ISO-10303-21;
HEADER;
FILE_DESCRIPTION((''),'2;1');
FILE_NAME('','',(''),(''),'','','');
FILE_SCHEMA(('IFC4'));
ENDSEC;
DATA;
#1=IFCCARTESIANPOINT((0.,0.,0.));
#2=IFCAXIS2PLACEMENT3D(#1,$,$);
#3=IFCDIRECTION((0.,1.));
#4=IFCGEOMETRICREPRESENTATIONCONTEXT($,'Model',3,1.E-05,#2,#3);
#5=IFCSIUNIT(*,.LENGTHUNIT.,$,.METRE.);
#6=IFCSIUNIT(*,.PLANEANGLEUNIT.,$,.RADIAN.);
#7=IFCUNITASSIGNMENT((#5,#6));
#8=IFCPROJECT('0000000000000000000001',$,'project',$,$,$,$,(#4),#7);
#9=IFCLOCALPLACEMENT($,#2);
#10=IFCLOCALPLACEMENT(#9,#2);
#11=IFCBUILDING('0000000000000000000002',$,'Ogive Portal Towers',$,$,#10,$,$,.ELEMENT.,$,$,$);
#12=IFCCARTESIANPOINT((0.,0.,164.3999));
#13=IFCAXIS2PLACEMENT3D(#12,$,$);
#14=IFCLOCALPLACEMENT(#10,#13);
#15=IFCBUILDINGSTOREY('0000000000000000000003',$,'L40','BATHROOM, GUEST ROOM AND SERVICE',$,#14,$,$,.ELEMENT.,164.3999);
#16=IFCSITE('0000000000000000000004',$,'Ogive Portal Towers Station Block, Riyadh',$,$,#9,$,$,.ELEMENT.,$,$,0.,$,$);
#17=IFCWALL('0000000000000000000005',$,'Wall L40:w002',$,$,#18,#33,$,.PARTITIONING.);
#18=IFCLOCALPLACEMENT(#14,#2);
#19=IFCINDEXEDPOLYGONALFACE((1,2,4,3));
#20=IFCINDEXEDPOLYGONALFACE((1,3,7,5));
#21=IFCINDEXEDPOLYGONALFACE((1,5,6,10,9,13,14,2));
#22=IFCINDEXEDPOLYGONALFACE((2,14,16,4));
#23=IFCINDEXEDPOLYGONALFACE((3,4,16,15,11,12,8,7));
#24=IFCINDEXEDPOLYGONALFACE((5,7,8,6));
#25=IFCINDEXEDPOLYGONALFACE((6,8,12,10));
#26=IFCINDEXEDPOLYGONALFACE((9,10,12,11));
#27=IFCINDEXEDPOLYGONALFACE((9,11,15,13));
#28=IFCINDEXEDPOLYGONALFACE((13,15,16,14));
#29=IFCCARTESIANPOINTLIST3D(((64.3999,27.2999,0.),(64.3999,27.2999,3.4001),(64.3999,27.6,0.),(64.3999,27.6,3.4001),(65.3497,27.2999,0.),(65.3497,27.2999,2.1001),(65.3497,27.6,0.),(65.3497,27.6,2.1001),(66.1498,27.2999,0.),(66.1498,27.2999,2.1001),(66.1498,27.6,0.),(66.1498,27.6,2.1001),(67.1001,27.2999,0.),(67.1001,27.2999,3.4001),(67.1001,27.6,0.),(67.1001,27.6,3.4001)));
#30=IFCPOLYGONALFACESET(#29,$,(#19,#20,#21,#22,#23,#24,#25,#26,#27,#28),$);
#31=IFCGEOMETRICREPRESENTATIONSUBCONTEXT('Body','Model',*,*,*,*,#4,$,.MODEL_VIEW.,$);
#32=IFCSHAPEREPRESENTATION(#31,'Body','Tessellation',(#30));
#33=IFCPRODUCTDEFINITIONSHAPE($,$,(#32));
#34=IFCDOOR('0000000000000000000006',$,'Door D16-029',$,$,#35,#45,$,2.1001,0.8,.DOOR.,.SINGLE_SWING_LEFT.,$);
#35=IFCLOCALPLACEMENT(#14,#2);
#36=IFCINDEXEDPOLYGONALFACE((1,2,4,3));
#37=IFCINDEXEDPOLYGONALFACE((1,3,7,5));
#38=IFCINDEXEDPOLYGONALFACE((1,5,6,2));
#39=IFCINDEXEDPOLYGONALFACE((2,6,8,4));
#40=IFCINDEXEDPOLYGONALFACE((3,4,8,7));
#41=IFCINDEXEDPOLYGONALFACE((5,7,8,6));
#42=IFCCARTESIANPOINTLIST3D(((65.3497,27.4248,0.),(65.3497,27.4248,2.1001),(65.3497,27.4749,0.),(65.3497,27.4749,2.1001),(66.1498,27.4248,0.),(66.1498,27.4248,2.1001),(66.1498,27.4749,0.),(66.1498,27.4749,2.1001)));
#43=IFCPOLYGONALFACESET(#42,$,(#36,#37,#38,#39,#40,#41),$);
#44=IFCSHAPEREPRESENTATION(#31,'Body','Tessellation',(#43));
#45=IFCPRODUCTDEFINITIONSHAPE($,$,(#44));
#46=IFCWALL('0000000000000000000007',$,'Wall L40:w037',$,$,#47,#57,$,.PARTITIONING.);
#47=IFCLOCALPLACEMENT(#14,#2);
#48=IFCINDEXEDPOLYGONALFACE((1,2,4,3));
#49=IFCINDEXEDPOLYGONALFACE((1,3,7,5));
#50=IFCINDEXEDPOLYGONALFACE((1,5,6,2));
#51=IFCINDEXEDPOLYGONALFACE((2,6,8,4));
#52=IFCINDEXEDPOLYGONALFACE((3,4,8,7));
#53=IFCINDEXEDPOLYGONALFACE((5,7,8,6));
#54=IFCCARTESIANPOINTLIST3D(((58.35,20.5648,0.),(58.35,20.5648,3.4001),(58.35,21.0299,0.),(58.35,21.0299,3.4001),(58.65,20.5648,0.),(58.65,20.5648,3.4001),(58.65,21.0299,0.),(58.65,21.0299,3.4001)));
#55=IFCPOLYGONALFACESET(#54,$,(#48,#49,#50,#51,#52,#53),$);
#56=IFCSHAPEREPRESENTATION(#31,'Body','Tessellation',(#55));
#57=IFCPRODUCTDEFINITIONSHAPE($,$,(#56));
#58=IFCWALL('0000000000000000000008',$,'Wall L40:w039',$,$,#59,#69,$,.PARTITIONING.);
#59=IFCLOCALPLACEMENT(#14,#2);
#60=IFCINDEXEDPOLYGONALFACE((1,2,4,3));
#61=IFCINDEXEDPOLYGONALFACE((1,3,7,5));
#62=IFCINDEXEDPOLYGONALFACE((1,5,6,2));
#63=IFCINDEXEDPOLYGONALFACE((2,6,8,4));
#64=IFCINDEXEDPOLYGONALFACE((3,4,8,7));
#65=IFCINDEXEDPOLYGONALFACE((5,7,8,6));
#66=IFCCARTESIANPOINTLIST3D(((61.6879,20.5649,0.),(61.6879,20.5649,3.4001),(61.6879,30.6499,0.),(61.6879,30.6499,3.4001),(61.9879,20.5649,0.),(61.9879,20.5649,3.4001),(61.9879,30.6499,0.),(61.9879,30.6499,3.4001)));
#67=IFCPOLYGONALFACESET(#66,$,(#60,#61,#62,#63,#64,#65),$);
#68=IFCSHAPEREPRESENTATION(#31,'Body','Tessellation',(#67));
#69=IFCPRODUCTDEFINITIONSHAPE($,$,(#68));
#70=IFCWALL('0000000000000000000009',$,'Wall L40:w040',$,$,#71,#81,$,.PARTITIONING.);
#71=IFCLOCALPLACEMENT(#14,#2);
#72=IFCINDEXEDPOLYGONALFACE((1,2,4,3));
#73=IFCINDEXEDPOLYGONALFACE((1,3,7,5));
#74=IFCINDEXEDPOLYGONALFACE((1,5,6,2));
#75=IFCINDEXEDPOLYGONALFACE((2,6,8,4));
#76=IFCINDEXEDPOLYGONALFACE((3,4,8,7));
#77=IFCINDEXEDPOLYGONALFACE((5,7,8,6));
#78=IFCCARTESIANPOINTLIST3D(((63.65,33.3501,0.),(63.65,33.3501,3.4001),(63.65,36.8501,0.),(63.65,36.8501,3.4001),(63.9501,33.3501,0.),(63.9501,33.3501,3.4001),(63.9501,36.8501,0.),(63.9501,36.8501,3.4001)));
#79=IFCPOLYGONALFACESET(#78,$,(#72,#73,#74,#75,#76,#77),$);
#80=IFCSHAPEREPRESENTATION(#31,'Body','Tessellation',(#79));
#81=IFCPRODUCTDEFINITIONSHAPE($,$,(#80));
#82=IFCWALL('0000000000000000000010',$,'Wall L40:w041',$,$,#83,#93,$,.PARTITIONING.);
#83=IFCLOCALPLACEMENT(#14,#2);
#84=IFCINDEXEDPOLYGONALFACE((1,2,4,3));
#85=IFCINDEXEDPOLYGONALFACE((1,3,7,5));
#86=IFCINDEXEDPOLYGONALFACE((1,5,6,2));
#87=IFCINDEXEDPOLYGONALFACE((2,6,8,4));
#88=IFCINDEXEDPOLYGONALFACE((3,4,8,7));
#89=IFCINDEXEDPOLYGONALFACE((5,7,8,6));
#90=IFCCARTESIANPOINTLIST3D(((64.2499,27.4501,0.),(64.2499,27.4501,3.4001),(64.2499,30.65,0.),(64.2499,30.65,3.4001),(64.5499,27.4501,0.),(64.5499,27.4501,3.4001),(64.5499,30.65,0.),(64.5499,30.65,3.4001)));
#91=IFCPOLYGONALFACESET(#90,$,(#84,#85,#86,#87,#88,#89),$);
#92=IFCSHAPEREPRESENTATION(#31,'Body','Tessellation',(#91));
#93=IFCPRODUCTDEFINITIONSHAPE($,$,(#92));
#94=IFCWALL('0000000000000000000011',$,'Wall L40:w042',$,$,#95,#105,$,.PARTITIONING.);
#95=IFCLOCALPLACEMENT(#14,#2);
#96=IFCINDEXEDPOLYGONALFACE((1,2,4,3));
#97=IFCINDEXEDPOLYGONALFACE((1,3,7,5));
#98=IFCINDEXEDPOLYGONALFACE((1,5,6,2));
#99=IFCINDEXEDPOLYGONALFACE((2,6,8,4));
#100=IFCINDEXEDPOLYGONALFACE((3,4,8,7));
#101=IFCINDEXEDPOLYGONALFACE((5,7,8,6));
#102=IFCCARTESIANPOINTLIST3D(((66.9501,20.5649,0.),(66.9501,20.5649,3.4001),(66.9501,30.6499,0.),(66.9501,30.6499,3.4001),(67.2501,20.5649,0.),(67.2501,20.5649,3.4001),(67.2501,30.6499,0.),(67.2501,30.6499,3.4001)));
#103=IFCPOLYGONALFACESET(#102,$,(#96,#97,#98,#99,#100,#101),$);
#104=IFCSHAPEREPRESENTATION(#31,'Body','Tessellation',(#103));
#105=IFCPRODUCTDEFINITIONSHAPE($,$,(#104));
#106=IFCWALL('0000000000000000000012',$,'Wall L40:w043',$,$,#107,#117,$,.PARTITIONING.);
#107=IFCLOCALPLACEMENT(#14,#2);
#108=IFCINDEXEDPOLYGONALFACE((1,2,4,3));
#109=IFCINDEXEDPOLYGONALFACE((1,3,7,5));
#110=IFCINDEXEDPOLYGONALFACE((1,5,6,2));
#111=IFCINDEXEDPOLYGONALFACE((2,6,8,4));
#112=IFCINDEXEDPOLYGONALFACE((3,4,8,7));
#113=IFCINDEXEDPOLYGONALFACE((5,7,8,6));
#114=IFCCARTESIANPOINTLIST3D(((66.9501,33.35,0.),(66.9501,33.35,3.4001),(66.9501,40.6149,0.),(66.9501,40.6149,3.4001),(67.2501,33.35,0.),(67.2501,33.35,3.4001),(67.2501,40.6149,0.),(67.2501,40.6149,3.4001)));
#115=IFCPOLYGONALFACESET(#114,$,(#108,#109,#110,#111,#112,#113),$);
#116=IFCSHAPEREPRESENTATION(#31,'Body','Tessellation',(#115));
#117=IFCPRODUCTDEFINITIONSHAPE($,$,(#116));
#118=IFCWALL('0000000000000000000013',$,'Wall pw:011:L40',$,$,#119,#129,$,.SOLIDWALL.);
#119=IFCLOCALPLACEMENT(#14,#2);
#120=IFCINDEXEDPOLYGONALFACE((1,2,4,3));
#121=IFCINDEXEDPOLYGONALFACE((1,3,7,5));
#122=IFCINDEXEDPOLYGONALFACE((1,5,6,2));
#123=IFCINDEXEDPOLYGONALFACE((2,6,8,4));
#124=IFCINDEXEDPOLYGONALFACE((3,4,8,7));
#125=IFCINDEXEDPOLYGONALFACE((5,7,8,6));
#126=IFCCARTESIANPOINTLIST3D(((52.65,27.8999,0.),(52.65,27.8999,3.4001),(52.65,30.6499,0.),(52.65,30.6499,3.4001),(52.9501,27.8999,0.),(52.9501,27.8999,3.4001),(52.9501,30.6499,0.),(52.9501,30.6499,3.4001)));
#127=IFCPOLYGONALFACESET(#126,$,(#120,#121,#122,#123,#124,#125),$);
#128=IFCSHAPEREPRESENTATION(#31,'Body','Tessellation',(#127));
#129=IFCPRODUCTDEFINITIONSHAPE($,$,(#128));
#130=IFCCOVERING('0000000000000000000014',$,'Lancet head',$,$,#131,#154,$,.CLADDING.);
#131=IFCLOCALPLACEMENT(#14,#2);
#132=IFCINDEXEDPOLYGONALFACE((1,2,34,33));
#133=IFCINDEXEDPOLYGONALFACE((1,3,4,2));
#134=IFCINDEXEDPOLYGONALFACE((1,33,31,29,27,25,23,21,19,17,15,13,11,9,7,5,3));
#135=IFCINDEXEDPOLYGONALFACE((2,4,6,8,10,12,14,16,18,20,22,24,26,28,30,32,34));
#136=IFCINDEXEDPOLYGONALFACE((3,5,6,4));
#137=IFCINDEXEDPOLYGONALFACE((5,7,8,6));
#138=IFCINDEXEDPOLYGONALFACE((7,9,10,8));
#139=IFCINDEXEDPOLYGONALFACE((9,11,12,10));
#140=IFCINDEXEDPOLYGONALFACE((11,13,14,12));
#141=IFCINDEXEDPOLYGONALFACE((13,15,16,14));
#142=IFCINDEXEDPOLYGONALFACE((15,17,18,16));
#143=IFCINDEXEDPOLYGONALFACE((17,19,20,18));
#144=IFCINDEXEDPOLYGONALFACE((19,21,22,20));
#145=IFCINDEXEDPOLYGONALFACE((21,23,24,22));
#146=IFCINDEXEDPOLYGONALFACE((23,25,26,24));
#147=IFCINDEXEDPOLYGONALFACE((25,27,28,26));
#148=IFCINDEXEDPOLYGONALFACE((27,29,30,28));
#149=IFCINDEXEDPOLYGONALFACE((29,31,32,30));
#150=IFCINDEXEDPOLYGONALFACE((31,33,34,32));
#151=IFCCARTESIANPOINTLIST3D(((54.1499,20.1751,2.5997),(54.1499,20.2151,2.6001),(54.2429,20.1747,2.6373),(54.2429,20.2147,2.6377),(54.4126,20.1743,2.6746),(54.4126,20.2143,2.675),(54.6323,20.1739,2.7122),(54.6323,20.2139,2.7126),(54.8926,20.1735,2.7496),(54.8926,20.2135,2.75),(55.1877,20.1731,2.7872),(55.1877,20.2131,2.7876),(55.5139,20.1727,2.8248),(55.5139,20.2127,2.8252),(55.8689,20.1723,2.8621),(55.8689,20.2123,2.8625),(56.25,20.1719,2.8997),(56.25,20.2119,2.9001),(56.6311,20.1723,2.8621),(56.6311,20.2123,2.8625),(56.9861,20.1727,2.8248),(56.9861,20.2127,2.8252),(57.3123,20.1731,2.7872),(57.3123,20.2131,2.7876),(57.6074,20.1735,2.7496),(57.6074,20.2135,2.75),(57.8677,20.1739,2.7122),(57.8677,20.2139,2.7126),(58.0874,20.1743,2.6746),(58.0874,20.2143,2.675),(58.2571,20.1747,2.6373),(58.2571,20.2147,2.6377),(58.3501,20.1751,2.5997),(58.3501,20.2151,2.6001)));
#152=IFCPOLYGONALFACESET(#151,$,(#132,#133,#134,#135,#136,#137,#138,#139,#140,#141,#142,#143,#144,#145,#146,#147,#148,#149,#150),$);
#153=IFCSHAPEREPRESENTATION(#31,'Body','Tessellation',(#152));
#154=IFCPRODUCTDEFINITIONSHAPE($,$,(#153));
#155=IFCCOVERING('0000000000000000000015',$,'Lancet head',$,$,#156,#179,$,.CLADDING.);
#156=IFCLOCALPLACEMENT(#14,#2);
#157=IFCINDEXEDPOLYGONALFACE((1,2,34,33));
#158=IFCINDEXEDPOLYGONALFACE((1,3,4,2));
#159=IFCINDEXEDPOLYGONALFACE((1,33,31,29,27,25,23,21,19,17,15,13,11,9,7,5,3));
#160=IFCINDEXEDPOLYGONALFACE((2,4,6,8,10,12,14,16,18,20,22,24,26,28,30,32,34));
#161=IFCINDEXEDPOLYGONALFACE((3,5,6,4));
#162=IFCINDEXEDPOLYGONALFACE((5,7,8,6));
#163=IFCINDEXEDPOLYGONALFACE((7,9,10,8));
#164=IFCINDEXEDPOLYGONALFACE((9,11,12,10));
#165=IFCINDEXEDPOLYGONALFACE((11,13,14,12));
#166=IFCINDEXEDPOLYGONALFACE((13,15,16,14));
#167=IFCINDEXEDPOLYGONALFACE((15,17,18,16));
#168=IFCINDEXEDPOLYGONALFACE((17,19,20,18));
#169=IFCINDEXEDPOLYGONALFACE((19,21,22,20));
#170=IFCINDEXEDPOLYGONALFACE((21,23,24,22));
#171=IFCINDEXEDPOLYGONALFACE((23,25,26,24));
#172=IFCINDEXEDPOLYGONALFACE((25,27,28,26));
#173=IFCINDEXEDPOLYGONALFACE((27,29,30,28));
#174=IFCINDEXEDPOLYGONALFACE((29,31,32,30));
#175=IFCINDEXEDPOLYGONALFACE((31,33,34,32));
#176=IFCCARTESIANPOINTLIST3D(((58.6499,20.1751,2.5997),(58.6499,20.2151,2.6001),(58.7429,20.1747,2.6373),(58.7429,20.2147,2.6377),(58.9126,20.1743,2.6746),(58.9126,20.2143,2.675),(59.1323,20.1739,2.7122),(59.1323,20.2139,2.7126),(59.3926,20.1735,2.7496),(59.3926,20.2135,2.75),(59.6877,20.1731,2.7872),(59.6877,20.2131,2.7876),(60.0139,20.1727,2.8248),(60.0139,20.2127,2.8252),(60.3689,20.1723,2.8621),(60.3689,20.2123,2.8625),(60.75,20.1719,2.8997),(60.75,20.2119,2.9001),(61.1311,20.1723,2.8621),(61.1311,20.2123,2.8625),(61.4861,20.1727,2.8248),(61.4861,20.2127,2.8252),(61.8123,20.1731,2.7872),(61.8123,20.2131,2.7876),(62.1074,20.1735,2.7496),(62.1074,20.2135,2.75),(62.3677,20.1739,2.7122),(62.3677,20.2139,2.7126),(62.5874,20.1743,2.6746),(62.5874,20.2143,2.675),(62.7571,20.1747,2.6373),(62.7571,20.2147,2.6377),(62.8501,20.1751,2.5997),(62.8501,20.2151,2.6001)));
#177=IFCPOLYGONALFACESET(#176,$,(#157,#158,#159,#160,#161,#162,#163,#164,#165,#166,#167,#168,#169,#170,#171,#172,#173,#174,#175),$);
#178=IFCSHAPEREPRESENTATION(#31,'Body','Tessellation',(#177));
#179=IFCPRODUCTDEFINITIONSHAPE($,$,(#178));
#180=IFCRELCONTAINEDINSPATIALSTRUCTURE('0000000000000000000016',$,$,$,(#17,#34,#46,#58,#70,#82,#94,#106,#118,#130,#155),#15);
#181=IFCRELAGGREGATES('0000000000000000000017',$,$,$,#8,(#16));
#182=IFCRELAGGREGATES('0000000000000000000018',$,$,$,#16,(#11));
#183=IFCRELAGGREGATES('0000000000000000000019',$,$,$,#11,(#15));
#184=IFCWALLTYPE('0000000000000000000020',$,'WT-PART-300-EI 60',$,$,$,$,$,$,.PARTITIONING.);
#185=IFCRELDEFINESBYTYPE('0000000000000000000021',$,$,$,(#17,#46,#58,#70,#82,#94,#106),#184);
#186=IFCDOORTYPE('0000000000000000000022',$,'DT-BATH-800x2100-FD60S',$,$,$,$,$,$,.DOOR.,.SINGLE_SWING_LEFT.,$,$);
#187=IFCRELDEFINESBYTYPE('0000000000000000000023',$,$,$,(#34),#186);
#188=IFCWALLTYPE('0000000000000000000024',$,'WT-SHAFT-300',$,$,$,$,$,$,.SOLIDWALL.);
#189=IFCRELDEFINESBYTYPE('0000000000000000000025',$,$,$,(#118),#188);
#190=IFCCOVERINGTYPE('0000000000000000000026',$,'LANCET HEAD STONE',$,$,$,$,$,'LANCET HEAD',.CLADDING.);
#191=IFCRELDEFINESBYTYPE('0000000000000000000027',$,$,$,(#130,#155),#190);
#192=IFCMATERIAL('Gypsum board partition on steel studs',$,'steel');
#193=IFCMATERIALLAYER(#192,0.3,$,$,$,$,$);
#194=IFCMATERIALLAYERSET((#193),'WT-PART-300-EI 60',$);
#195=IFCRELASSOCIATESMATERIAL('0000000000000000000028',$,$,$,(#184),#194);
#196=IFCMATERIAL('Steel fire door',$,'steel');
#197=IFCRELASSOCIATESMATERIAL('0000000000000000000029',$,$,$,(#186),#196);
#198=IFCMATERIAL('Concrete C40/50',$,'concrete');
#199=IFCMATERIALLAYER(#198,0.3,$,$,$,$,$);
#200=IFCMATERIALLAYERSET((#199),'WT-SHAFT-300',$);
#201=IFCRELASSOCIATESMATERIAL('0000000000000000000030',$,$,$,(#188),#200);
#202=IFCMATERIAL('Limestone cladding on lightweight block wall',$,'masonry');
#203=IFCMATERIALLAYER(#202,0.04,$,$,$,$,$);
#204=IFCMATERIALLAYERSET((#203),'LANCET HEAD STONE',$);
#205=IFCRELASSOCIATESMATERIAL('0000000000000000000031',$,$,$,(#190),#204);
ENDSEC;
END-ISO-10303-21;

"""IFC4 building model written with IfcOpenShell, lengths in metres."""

from ifc_helpers import new_model, si_unit, direction, frame, frame_2d, origin, place, context, subcontext, project, spatial, polyline, rectangle, outline, extrude, material, layer, layer_set, type_object, element, fill, save


model = new_model("IFC4")

# Units and contexts
model_context = context("Model", 3, precision=1e-05, world=origin(), true_north=direction((0.0, 1.0)))
body_context = subcontext(model_context, "Body", "Model", "MODEL_VIEW")
ifc_project = project(units=[si_unit("LENGTHUNIT", "METRE"), si_unit("PLANEANGLEUNIT", "RADIAN")], contexts=[model_context])

# Site, building, storey
site_placement = place(None, origin())
site = spatial("IfcSite", under=ifc_project, at=site_placement, Name="Ogive Portal Towers Station Block, Riyadh", CompositionType="ELEMENT", RefElevation=0.0)
building_placement = place(site_placement, origin())
building = spatial("IfcBuilding", under=site, at=building_placement, Name="Ogive Portal Towers", CompositionType="ELEMENT")
storey_placement = place(building_placement, frame((0.0, 0.0, 164.3999)))
storey = spatial("IfcBuildingStorey", under=building, at=storey_placement, Name="L40", Description="BATHROOM, GUEST ROOM AND SERVICE", CompositionType="ELEMENT", Elevation=164.3999)

# Shared definitions
ifc_material_1 = material(Name="Steel fire door", Category="steel")
ifc_material_2 = material(Name="Gypsum board partition on steel studs", Category="steel")

# Wall, opening, door
ifc_layer_1 = layer(ifc_material_2, 0.3)
ifc_layer_set_1 = layer_set([ifc_layer_1], Name="WT-PART-300-EI 60")
wall_type_1 = type_object("IfcWallType", Name="WT-PART-300-EI 60", PredefinedType="PARTITIONING", material=ifc_layer_set_1)
wall_1_placement = place(storey_placement, frame((64.3999, 27.45, 0.0), z_axis=(0.0, 0.0, 1.0), x_axis=(1.0, 0.0, 0.0)))
wall_1 = element("IfcWall", 1, at=wall_1_placement, inside=storey, type_object=wall_type_1, Name="Wall L40:w002", PredefinedType="PARTITIONING", context=body_context, shape_type="SweptSolid", body=[
    extrude(rectangle(XDim=2.7002, YDim=0.3, at=frame_2d((1.3501, 0.0))), origin(), (0.0, 0.0, 1.0), 3.4001),
])
opening_1_placement = place(wall_1_placement, frame((0.95, 0.0, 0.0)))
opening_1 = element("IfcOpeningElement", 2, at=opening_1_placement, cuts=wall_1, PredefinedType="OPENING", context=body_context, shape_type="SweptSolid", body=[
    extrude(rectangle(XDim=0.8, YDim=2.1001, at=frame_2d((0.3999, 1.05))), frame((0.0, 0.1602, 0.0), z_axis=(0.0, -1.0, 0.0), x_axis=(1.0, 0.0, 0.0)), (0.0, 0.0, 1.0), 0.3201),
])
door_type_1 = type_object("IfcDoorType", Name="DT-BATH-800x2100-FD60S", OperationType="SINGLE_SWING_LEFT", PredefinedType="DOOR", material=ifc_material_1)
door_1_placement = place(opening_1_placement, origin())
door_1 = element("IfcDoor", 3, at=door_1_placement, inside=storey, type_object=door_type_1, Name="Door D16-029", OperationType="SINGLE_SWING_LEFT", OverallHeight=2.1001, OverallWidth=0.8, PredefinedType="DOOR", context=body_context, shape_type="SweptSolid", body=[
    extrude(rectangle(XDim=0.8, YDim=2.1001, at=frame_2d((0.3999, 1.05))), frame((0.0, 0.0249, 0.0), z_axis=(0.0, -1.0, 0.0), x_axis=(1.0, 0.0, 0.0)), (0.0, 0.0, 1.0), 0.05),
])
fill(opening_1, door_1)

# Walls
wall_2_placement = place(storey_placement, frame((58.5, 20.5649, 0.0), z_axis=(0.0, 0.0, 1.0), x_axis=(0.0, 1.0, 0.0)))
element("IfcWall", 4, at=wall_2_placement, inside=storey, type_object=wall_type_1, Name="Wall L40:w037", PredefinedType="PARTITIONING", context=body_context, shape_type="SweptSolid", body=[
    extrude(rectangle(XDim=0.4651, YDim=0.3, at=frame_2d((0.2324, 0.0))), origin(), (0.0, 0.0, 1.0), 3.4001),
])
wall_3_placement = place(storey_placement, frame((61.8379, 20.5649, 0.0), z_axis=(0.0, 0.0, 1.0), x_axis=(0.0, 1.0, 0.0)))
element("IfcWall", 5, at=wall_3_placement, inside=storey, type_object=wall_type_1, Name="Wall L40:w039", PredefinedType="PARTITIONING", context=body_context, shape_type="SweptSolid", body=[
    extrude(rectangle(XDim=10.085, YDim=0.3, at=frame_2d((5.0425, 0.0))), origin(), (0.0, 0.0, 1.0), 3.4001),
])
wall_4_placement = place(storey_placement, frame((63.8, 33.3501, 0.0), z_axis=(0.0, 0.0, 1.0), x_axis=(0.0, 1.0, 0.0)))
element("IfcWall", 6, at=wall_4_placement, inside=storey, type_object=wall_type_1, Name="Wall L40:w040", PredefinedType="PARTITIONING", context=body_context, shape_type="SweptSolid", body=[
    extrude(rectangle(XDim=3.5, YDim=0.3, at=frame_2d((1.75, 0.0))), origin(), (0.0, 0.0, 1.0), 3.4001),
])
wall_5_placement = place(storey_placement, frame((64.3999, 27.45, 0.0), z_axis=(0.0, 0.0, 1.0), x_axis=(0.0, 1.0, 0.0)))
element("IfcWall", 7, at=wall_5_placement, inside=storey, type_object=wall_type_1, Name="Wall L40:w041", PredefinedType="PARTITIONING", context=body_context, shape_type="SweptSolid", body=[
    extrude(rectangle(XDim=3.2, YDim=0.3, at=frame_2d((1.6001, 0.0))), origin(), (0.0, 0.0, 1.0), 3.4001),
])
wall_6_placement = place(storey_placement, frame((67.1001, 20.5649, 0.0), z_axis=(0.0, 0.0, 1.0), x_axis=(0.0, 1.0, 0.0)))
element("IfcWall", 8, at=wall_6_placement, inside=storey, type_object=wall_type_1, Name="Wall L40:w042", PredefinedType="PARTITIONING", context=body_context, shape_type="SweptSolid", body=[
    extrude(rectangle(XDim=10.085, YDim=0.3, at=frame_2d((5.0425, 0.0))), origin(), (0.0, 0.0, 1.0), 3.4001),
])
wall_7_placement = place(storey_placement, frame((67.1001, 33.3501, 0.0), z_axis=(0.0, 0.0, 1.0), x_axis=(0.0, 1.0, 0.0)))
element("IfcWall", 9, at=wall_7_placement, inside=storey, type_object=wall_type_1, Name="Wall L40:w043", PredefinedType="PARTITIONING", context=body_context, shape_type="SweptSolid", body=[
    extrude(rectangle(XDim=7.2649, YDim=0.3, at=frame_2d((3.6323, 0.0))), origin(), (0.0, 0.0, 1.0), 3.4001),
])
ifc_material_3 = material(Name="Concrete C40/50", Category="concrete")
ifc_layer_2 = layer(ifc_material_3, 0.3)
ifc_layer_set_2 = layer_set([ifc_layer_2], Name="WT-SHAFT-300")
wall_type_2 = type_object("IfcWallType", Name="WT-SHAFT-300", PredefinedType="SOLIDWALL", material=ifc_layer_set_2)
wall_8_placement = place(storey_placement, frame((52.8, 27.8999, 0.0), z_axis=(0.0, 0.0, 1.0), x_axis=(0.0, 1.0, 0.0)))
element("IfcWall", 10, at=wall_8_placement, inside=storey, type_object=wall_type_2, Name="Wall pw:011:L40", PredefinedType="SOLIDWALL", context=body_context, shape_type="SweptSolid", body=[
    extrude(rectangle(XDim=2.75, YDim=0.3, at=frame_2d((1.375, 0.0))), origin(), (0.0, 0.0, 1.0), 3.4001),
])

# Coverings
ifc_material_4 = material(Name="Limestone cladding on lightweight block wall", Category="masonry")
ifc_layer_3 = layer(ifc_material_4, 0.04)
ifc_layer_set_3 = layer_set([ifc_layer_3], Name="LANCET HEAD STONE")
covering_type_1 = type_object("IfcCoveringType", Name="LANCET HEAD STONE", ElementType="LANCET HEAD", PredefinedType="CLADDING", material=ifc_layer_set_3)
for number, where, z_axis, x_axis, name in (
    (11, (54.1499, 20.2151, 2.6001), (0.0, 0.999944, 0.010629), (1.0, 0.0, 0.0), "Lancet head"),
    (12, (58.6499, 20.2151, 2.6001), (0.0, 0.999944, 0.010629), (1.0, 0.0, 0.0), "Lancet head"),
):
    element("IfcCovering", number, at=place(storey_placement, frame(where, z_axis=z_axis, x_axis=x_axis)), inside=storey, type_object=covering_type_1, Name=name, PredefinedType="CLADDING", context=body_context, shape_type="SweptSolid", body=[
        extrude(outline(polyline([(0.0, 0.0), (4.2002, 0.0), (4.1072, -0.0376), (3.9375, -0.075), (3.7178, -0.1126), (3.4575, -0.1499), (3.1624, -0.1875), (2.8362, -0.2251), (2.4812, -0.2625), (2.1001, -0.3001), (1.719, -0.2625), (1.364, -0.2251), (1.0378, -0.1875), (0.7427, -0.1499), (0.4824, -0.1126), (0.2627, -0.075), (0.093, -0.0376), (0.0, 0.0)])), origin(), (0.0, 0.0, -1.0), 0.04),
    ])

save(model, "model.ifc")
